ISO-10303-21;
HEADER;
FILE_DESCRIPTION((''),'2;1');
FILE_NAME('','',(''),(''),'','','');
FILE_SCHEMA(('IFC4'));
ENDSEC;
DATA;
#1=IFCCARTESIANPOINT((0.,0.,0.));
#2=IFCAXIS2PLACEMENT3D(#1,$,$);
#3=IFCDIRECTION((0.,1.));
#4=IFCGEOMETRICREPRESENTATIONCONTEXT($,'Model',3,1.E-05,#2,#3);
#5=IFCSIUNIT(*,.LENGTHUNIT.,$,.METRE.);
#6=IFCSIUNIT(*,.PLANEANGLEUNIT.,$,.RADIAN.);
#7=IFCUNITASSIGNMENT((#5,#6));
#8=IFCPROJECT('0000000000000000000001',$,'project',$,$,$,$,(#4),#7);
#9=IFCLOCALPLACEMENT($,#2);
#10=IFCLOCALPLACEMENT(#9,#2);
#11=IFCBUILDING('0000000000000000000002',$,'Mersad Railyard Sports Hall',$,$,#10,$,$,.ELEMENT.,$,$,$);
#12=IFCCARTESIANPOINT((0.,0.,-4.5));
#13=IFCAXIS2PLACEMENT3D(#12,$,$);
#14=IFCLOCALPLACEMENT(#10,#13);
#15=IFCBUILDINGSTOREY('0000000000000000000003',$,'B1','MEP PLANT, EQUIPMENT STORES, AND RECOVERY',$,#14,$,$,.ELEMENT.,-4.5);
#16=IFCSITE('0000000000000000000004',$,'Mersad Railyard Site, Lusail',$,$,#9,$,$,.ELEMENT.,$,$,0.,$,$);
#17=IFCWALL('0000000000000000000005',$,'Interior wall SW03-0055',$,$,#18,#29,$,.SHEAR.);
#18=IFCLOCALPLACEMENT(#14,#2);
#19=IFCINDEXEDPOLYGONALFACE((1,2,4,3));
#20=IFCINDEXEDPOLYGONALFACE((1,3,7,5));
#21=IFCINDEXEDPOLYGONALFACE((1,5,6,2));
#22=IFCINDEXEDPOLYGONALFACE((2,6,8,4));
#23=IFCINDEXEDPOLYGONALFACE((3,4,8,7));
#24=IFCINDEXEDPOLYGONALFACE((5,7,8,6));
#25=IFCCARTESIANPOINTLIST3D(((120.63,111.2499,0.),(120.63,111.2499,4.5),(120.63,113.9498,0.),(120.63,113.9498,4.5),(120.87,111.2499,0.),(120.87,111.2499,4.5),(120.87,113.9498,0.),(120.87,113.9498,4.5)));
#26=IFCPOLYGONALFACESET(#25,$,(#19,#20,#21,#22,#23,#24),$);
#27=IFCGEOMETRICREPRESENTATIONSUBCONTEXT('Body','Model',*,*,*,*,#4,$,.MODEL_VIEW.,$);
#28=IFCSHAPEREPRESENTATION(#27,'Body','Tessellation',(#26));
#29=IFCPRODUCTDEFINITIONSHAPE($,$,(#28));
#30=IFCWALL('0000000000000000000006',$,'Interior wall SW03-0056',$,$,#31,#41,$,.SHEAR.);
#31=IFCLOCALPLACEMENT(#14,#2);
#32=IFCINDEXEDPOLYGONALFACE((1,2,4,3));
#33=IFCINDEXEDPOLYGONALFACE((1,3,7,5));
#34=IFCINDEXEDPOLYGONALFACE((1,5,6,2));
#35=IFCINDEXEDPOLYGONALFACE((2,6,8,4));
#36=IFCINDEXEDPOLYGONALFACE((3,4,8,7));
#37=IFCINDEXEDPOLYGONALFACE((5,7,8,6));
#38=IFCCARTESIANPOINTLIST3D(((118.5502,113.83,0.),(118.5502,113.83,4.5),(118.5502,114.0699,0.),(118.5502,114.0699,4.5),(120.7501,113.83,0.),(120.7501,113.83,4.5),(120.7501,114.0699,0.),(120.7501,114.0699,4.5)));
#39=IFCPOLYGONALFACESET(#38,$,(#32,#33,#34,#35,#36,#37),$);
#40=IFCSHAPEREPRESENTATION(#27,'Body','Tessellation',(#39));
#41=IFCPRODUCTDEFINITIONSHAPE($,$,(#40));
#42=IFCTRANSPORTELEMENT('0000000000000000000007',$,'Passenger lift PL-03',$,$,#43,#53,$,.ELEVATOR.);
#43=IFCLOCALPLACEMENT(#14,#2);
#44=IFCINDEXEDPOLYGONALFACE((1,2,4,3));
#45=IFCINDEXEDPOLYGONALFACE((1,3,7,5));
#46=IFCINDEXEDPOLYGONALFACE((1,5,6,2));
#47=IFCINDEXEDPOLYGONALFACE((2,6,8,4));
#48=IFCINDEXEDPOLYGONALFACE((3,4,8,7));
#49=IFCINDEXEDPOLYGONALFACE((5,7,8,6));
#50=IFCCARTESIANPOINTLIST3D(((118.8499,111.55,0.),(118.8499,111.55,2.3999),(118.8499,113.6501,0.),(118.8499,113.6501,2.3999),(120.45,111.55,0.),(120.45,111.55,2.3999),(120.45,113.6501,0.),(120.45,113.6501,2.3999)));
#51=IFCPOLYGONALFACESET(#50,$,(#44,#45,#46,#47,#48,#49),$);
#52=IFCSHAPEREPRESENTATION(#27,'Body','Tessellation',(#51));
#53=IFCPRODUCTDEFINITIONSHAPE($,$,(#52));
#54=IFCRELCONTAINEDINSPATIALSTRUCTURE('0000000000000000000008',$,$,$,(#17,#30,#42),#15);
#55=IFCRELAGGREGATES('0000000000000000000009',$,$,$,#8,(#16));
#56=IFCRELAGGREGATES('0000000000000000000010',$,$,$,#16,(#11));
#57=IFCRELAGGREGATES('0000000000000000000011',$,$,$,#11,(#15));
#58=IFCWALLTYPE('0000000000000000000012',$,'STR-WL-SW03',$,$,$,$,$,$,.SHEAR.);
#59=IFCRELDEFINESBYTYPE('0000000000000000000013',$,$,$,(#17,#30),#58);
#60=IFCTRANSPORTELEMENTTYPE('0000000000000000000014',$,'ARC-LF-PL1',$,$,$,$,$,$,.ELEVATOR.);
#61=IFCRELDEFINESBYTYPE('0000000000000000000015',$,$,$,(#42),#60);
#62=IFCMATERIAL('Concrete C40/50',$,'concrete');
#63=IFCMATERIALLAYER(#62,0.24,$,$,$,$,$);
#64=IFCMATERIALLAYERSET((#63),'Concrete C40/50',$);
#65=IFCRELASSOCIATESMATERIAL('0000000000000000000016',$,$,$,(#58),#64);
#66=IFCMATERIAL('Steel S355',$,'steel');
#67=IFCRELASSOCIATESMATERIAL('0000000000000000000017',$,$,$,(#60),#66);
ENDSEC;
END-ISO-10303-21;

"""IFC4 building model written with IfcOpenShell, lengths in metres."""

from ifc_helpers import new_model, si_unit, direction, frame, frame_2d, origin, origin_2d, place, context, subcontext, project, spatial, rectangle, extrude, material, layer, layer_set, type_object, element, save


model = new_model("IFC4")

# Units and contexts
model_context = context("Model", 3, precision=1e-05, world=origin(), true_north=direction((0.0, 1.0)))
body_context = subcontext(model_context, "Body", "Model", "MODEL_VIEW")
ifc_project = project(units=[si_unit("LENGTHUNIT", "METRE"), si_unit("PLANEANGLEUNIT", "RADIAN")], contexts=[model_context])

# Site, building, storey
site_placement = place(None, origin())
site = spatial("IfcSite", under=ifc_project, at=site_placement, Name="Mersad Railyard Site, Lusail", CompositionType="ELEMENT", RefElevation=0.0)
building_placement = place(site_placement, origin())
building = spatial("IfcBuilding", under=site, at=building_placement, Name="Mersad Railyard Sports Hall", CompositionType="ELEMENT")
storey_placement = place(building_placement, frame((0.0, 0.0, -4.5)))
storey = spatial("IfcBuildingStorey", under=building, at=storey_placement, Name="B1", Description="MEP PLANT, EQUIPMENT STORES, AND RECOVERY", CompositionType="ELEMENT", Elevation=-4.5)

# Shared definitions
ifc_material_1 = material(Name="Concrete C40/50", Category="concrete")

# Walls
ifc_layer = layer(ifc_material_1, 0.24)
ifc_layer_set = layer_set([ifc_layer], Name="Concrete C40/50")
wall_type = type_object("IfcWallType", Name="STR-WL-SW03", PredefinedType="SHEAR", material=ifc_layer_set)
wall_1_placement = place(storey_placement, frame((120.75, 113.95, 0.0), z_axis=(0.0, 0.0, 1.0), x_axis=(0.0, -1.0, 0.0)))
element("IfcWall", 1, at=wall_1_placement, inside=storey, type_object=wall_type, Name="Interior wall SW03-0055", PredefinedType="SHEAR", context=body_context, shape_type="SweptSolid", body=[
    extrude(rectangle(XDim=2.7, YDim=0.24, at=frame_2d((1.3501, 0.0))), origin(), (0.0, 0.0, 1.0), 4.5),
])
wall_2_placement = place(storey_placement, frame((118.55, 113.95, 0.0), z_axis=(0.0, 0.0, 1.0), x_axis=(1.0, 0.0, 0.0)))
element("IfcWall", 2, at=wall_2_placement, inside=storey, type_object=wall_type, Name="Interior wall SW03-0056", PredefinedType="SHEAR", context=body_context, shape_type="SweptSolid", body=[
    extrude(rectangle(XDim=2.2, YDim=0.24, at=frame_2d((1.1001, 0.0))), origin(), (0.0, 0.0, 1.0), 4.5),
])

# Shared definitions
ifc_material_2 = material(Name="Steel S355", Category="steel")

# Transport element
transport_element_type = type_object("IfcTransportElementType", Name="ARC-LF-PL1", PredefinedType="ELEVATOR", material=ifc_material_2)
transport_element_placement = place(storey_placement, frame((119.6499, 112.6001, 0.0), z_axis=(0.0, 0.0, 1.0), x_axis=(1.0, 0.0, 0.0)))
element("IfcTransportElement", 3, at=transport_element_placement, inside=storey, type_object=transport_element_type, Name="Passenger lift PL-03", PredefinedType="ELEVATOR", context=body_context, shape_type="SweptSolid", body=[
    extrude(rectangle(XDim=1.6001, YDim=2.1001, at=origin_2d()), origin(), (0.0, 0.0, 1.0), 2.3999),
])

save(model, "model.ifc")
